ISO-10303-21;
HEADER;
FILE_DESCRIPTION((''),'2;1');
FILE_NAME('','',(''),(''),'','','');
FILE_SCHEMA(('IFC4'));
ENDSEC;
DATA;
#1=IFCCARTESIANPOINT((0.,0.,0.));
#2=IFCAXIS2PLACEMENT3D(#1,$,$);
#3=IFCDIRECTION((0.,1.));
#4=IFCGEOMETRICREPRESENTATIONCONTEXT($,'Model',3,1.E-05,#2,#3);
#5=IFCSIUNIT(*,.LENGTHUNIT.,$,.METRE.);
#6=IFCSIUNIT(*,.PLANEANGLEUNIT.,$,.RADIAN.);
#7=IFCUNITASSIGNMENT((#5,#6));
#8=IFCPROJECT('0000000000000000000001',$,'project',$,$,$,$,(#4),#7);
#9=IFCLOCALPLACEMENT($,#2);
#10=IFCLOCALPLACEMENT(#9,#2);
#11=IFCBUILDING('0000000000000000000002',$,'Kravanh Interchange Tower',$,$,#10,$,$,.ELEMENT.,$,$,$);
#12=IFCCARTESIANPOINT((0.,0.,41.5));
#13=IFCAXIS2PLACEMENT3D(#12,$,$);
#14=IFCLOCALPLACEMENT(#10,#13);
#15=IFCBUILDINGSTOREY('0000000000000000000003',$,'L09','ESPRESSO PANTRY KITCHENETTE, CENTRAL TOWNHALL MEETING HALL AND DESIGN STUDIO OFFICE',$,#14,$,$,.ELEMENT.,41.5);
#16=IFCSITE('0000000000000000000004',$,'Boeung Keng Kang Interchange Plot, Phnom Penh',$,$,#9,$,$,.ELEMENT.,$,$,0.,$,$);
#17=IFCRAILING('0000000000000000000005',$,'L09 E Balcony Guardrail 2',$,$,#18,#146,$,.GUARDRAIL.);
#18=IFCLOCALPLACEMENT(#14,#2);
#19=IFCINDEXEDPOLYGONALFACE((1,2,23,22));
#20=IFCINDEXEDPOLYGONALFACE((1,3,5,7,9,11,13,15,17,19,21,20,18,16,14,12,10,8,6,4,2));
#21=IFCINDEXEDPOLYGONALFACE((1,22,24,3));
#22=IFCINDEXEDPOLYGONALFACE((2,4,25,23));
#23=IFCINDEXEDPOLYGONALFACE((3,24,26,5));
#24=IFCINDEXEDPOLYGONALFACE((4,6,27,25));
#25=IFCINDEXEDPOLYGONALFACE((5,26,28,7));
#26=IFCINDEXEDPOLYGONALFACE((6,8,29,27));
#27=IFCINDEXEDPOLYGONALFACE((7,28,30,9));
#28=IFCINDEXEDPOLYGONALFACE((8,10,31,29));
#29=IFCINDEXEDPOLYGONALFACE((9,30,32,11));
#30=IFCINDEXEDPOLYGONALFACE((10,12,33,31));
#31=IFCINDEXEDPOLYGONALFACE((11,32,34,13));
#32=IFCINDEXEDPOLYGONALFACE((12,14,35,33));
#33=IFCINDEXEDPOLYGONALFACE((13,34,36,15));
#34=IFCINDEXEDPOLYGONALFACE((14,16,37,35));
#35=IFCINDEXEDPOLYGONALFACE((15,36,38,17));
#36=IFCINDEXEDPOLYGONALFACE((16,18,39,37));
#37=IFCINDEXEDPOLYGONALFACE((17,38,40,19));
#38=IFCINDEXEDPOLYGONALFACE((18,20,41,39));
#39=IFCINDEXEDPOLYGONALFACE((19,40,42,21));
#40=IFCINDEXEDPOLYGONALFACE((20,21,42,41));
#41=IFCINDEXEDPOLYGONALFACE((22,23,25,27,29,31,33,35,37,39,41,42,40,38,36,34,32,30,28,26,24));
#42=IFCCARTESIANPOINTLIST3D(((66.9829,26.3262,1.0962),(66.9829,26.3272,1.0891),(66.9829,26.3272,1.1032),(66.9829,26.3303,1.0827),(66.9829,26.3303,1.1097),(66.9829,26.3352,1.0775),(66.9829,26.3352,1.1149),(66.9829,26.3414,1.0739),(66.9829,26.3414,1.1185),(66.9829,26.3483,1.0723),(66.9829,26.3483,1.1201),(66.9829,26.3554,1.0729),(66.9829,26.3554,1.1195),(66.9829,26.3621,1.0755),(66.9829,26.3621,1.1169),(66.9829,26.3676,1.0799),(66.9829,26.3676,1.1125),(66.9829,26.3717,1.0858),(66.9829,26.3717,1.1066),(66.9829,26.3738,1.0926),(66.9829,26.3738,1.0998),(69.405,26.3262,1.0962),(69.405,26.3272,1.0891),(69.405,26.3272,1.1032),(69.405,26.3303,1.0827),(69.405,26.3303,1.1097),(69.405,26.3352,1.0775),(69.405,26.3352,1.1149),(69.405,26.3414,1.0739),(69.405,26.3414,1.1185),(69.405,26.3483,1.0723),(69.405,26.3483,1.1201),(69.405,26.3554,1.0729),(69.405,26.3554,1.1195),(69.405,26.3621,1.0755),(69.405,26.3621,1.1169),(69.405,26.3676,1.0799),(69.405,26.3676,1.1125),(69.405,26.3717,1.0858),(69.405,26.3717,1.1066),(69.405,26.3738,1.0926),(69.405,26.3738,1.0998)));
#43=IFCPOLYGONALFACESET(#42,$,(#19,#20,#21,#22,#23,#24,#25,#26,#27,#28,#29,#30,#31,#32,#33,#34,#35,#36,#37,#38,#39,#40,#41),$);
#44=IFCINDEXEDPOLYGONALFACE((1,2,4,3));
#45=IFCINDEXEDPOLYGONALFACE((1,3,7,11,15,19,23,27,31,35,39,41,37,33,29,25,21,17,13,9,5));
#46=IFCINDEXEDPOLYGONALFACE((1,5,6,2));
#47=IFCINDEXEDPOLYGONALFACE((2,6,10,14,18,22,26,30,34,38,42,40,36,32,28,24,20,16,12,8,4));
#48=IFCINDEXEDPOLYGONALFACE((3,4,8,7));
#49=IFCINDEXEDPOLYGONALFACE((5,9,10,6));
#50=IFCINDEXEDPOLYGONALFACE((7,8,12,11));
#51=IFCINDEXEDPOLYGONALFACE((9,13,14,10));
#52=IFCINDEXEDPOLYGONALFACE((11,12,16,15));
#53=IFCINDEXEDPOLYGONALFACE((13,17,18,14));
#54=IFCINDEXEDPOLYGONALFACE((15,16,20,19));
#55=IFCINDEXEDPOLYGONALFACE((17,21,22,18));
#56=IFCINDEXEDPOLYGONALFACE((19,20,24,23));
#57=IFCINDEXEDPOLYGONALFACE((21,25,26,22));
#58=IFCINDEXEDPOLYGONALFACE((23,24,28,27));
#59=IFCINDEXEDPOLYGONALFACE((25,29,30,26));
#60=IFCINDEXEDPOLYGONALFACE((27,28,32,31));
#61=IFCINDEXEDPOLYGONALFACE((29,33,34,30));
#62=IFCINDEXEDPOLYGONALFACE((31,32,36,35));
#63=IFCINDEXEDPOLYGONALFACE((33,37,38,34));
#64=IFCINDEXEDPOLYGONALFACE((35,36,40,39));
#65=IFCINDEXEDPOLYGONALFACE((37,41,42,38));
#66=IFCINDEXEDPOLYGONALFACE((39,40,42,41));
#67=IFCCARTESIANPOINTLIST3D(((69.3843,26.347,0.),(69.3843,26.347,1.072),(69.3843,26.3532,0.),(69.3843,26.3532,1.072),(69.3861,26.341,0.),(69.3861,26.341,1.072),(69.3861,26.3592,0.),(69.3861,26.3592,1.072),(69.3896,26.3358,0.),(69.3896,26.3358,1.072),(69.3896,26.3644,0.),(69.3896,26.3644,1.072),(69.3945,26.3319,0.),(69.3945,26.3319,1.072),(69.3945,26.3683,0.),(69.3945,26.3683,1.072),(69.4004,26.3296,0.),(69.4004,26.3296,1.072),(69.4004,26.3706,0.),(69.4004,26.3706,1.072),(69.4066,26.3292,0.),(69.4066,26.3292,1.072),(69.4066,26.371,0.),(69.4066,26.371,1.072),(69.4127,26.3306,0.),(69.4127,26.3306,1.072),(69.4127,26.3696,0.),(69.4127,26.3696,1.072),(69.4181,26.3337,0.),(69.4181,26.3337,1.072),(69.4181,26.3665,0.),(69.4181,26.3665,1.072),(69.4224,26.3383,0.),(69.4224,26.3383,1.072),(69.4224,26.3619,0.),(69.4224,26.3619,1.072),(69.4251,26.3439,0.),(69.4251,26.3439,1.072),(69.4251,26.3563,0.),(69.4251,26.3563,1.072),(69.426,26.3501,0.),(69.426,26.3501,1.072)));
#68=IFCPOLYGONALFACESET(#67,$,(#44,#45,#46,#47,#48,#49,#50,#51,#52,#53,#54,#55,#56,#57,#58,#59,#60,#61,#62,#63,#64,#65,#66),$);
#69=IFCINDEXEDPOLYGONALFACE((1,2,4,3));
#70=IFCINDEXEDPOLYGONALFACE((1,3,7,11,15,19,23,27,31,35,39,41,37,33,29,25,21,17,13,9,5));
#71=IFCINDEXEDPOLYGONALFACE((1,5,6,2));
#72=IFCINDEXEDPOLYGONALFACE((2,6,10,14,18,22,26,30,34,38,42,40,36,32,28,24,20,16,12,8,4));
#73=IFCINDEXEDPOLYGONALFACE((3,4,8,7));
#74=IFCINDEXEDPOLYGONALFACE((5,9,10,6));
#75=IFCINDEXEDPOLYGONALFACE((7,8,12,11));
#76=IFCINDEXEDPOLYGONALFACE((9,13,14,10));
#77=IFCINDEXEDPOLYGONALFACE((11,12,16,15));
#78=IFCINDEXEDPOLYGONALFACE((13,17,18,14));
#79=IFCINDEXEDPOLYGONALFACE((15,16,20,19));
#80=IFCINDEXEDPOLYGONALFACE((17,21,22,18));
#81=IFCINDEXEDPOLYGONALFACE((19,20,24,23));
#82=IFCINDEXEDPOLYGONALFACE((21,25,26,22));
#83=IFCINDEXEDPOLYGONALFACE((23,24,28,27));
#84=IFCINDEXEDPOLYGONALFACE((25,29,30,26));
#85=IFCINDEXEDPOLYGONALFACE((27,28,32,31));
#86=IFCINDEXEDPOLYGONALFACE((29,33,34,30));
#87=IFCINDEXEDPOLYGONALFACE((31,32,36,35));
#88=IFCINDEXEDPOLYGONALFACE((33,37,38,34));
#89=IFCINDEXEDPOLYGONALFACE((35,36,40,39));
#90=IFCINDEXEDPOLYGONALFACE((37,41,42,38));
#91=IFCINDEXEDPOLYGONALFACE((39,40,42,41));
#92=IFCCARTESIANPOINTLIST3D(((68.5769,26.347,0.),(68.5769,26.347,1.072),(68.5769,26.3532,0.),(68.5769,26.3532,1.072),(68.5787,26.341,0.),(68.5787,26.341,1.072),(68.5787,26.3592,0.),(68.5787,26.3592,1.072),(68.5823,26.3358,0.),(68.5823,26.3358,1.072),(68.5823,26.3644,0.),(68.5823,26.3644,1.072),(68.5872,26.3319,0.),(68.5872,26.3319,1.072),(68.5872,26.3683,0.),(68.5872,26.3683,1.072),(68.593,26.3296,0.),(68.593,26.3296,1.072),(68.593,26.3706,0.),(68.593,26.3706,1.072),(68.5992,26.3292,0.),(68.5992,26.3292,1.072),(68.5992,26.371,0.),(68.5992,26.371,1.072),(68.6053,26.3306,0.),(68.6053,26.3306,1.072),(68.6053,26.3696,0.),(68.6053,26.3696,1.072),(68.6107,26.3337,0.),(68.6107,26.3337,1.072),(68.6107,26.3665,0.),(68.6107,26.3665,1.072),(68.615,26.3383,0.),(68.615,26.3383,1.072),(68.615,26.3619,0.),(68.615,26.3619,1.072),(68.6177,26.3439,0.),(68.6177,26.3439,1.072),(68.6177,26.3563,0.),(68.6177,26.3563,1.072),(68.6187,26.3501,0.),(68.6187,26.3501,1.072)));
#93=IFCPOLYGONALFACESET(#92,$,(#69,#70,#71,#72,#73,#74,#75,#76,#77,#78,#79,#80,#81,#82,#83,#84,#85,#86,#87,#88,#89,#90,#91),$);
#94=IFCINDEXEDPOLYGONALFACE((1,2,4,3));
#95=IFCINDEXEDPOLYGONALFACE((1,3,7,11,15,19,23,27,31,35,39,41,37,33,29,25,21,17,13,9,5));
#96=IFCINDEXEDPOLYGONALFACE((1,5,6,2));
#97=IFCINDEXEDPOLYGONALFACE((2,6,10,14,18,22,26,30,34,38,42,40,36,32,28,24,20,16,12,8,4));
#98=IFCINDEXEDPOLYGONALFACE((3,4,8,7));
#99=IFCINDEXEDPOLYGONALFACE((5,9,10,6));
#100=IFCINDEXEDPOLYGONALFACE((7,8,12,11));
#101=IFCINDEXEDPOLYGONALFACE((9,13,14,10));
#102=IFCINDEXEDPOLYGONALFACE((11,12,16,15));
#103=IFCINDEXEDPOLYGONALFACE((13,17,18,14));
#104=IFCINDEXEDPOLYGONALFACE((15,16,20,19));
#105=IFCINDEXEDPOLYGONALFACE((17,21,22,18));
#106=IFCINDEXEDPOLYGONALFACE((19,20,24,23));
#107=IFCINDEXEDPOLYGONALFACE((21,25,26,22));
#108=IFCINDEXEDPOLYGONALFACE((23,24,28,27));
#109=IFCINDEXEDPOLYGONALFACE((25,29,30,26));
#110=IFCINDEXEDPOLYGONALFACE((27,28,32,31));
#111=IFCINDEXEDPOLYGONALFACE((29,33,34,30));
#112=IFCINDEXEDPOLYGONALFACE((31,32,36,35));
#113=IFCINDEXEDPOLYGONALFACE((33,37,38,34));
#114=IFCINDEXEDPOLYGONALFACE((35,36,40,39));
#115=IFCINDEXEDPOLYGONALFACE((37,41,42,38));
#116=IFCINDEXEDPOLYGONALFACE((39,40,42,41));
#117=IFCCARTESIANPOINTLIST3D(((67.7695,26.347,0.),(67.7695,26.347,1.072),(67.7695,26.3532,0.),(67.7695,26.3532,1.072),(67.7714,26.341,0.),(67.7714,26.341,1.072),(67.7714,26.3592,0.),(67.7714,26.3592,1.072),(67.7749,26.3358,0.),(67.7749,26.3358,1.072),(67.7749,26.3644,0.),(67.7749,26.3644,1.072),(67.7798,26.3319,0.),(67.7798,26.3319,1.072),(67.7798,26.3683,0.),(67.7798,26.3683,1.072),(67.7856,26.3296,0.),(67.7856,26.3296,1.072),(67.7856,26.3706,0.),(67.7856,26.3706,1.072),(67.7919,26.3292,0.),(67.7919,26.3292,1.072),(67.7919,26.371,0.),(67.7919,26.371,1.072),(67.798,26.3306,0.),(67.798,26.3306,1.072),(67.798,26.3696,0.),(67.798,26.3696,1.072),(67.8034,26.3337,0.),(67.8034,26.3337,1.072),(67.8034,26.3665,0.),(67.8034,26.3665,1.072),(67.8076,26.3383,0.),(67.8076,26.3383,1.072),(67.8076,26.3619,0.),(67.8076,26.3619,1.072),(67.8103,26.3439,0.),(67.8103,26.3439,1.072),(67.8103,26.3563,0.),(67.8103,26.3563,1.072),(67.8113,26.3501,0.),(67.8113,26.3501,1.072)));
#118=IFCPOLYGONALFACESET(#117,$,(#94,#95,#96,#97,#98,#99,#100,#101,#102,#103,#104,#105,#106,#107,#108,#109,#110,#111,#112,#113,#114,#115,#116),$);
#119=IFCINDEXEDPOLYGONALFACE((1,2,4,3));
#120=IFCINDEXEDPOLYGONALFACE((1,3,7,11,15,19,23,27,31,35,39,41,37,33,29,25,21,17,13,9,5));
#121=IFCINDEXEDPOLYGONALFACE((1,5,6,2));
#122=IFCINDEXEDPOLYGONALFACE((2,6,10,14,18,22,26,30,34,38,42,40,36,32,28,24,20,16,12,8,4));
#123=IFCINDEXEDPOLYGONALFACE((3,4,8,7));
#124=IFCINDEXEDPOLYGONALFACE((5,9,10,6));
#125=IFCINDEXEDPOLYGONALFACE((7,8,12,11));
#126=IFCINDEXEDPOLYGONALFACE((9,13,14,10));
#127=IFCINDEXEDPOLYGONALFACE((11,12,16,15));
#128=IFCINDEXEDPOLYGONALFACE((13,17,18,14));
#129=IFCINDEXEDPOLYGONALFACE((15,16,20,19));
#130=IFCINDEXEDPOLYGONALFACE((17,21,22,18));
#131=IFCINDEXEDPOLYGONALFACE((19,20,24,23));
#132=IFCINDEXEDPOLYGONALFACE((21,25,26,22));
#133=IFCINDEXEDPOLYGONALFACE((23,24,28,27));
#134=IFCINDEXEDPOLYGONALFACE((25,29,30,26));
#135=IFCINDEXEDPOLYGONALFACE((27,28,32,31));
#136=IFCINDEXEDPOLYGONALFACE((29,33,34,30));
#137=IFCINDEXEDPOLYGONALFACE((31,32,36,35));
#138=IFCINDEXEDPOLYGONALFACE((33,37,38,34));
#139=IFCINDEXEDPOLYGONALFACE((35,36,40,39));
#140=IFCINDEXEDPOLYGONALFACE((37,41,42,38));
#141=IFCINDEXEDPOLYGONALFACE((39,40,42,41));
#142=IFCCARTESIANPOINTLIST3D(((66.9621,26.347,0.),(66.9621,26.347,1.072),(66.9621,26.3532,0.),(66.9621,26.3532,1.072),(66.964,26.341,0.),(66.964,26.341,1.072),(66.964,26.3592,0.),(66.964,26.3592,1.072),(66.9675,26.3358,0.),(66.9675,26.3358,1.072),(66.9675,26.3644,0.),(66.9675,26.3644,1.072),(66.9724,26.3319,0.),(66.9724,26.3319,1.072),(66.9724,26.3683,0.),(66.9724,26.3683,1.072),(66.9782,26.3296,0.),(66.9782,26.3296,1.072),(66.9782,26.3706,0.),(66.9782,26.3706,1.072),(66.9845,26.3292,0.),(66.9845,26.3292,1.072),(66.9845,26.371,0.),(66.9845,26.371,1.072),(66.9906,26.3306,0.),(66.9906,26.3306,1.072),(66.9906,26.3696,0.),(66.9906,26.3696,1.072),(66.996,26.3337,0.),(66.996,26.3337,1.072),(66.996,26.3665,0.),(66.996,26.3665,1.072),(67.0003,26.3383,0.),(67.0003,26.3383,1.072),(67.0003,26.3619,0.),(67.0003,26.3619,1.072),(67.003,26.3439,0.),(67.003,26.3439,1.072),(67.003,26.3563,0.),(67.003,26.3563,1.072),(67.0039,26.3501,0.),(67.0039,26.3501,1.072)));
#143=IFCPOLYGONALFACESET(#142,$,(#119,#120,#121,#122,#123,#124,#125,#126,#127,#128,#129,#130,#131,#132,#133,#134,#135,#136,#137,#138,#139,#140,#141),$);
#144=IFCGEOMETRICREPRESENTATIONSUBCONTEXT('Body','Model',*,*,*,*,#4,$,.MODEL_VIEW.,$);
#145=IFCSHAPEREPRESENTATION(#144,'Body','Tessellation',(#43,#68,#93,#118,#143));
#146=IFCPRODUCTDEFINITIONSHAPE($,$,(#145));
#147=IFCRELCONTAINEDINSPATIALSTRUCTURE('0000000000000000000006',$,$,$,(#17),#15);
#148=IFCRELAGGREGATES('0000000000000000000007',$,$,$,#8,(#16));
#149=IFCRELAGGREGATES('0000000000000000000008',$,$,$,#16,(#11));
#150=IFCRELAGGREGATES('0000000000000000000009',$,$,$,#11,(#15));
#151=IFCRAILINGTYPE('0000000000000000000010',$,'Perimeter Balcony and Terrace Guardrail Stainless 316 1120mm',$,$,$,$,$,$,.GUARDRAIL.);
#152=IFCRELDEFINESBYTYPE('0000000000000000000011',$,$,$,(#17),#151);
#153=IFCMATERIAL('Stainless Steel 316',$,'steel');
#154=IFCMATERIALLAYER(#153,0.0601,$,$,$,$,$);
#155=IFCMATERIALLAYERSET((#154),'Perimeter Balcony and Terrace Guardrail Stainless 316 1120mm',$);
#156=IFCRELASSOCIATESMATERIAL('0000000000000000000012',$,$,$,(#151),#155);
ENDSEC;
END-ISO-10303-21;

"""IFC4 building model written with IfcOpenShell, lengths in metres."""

from ifc_helpers import new_model, si_unit, direction, frame, origin, origin_2d, place, context, subcontext, project, spatial, circle, extrude, material, layer, layer_set, type_object, element, save


model = new_model("IFC4")

# Units and contexts
model_context = context("Model", 3, precision=1e-05, world=origin(), true_north=direction((0.0, 1.0)))
body_context = subcontext(model_context, "Body", "Model", "MODEL_VIEW")
ifc_project = project(units=[si_unit("LENGTHUNIT", "METRE"), si_unit("PLANEANGLEUNIT", "RADIAN")], contexts=[model_context])

# Site, building, storey
site_placement = place(None, origin())
site = spatial("IfcSite", under=ifc_project, at=site_placement, Name="Boeung Keng Kang Interchange Plot, Phnom Penh", CompositionType="ELEMENT", RefElevation=0.0)
building_placement = place(site_placement, origin())
building = spatial("IfcBuilding", under=site, at=building_placement, Name="Kravanh Interchange Tower", CompositionType="ELEMENT")
storey_placement = place(building_placement, frame((0.0, 0.0, 41.5)))
storey = spatial("IfcBuildingStorey", under=building, at=storey_placement, Name="L09", Description="ESPRESSO PANTRY KITCHENETTE, CENTRAL TOWNHALL MEETING HALL AND DESIGN STUDIO OFFICE", CompositionType="ELEMENT", Elevation=41.5)

# Railing
ifc_material_1 = material(Name="Stainless Steel 316", Category="steel")
ifc_layer_1 = layer(ifc_material_1, 0.0601)
ifc_layer_set_1 = layer_set([ifc_layer_1], Name="Perimeter Balcony and Terrace Guardrail Stainless 316 1120mm")
railing_type = type_object("IfcRailingType", Name="Perimeter Balcony and Terrace Guardrail Stainless 316 1120mm", PredefinedType="GUARDRAIL", material=ifc_layer_set_1)
railing_placement = place(storey_placement, frame((69.405, 26.3501, 0.0)))
element("IfcRailing", 1, at=railing_placement, inside=storey, type_object=railing_type, Name="L09 E Balcony Guardrail 2", PredefinedType="GUARDRAIL", context=body_context, shape_type="SweptSolid", body=[
    extrude(circle(Radius=0.0239, at=origin_2d()), frame((0.0, 0.0, 1.0962), z_axis=(-1.0, 0.0, 0.0), x_axis=(0.0, -1.0, 0.0)), (0.0, 0.0, 1.0), 2.4221),
    extrude(circle(Radius=0.021, at=origin_2d()), origin(), (0.0, 0.0, 1.0), 1.072),
    extrude(circle(Radius=0.021, at=origin_2d()), frame((-0.8074, 0.0, 0.0)), (0.0, 0.0, 1.0), 1.072),
    extrude(circle(Radius=0.021, at=origin_2d()), frame((-1.6147, 0.0, 0.0)), (0.0, 0.0, 1.0), 1.072),
    extrude(circle(Radius=0.021, at=origin_2d()), frame((-2.4221, 0.0, 0.0)), (0.0, 0.0, 1.0), 1.072),
])

save(model, "model.ifc")
